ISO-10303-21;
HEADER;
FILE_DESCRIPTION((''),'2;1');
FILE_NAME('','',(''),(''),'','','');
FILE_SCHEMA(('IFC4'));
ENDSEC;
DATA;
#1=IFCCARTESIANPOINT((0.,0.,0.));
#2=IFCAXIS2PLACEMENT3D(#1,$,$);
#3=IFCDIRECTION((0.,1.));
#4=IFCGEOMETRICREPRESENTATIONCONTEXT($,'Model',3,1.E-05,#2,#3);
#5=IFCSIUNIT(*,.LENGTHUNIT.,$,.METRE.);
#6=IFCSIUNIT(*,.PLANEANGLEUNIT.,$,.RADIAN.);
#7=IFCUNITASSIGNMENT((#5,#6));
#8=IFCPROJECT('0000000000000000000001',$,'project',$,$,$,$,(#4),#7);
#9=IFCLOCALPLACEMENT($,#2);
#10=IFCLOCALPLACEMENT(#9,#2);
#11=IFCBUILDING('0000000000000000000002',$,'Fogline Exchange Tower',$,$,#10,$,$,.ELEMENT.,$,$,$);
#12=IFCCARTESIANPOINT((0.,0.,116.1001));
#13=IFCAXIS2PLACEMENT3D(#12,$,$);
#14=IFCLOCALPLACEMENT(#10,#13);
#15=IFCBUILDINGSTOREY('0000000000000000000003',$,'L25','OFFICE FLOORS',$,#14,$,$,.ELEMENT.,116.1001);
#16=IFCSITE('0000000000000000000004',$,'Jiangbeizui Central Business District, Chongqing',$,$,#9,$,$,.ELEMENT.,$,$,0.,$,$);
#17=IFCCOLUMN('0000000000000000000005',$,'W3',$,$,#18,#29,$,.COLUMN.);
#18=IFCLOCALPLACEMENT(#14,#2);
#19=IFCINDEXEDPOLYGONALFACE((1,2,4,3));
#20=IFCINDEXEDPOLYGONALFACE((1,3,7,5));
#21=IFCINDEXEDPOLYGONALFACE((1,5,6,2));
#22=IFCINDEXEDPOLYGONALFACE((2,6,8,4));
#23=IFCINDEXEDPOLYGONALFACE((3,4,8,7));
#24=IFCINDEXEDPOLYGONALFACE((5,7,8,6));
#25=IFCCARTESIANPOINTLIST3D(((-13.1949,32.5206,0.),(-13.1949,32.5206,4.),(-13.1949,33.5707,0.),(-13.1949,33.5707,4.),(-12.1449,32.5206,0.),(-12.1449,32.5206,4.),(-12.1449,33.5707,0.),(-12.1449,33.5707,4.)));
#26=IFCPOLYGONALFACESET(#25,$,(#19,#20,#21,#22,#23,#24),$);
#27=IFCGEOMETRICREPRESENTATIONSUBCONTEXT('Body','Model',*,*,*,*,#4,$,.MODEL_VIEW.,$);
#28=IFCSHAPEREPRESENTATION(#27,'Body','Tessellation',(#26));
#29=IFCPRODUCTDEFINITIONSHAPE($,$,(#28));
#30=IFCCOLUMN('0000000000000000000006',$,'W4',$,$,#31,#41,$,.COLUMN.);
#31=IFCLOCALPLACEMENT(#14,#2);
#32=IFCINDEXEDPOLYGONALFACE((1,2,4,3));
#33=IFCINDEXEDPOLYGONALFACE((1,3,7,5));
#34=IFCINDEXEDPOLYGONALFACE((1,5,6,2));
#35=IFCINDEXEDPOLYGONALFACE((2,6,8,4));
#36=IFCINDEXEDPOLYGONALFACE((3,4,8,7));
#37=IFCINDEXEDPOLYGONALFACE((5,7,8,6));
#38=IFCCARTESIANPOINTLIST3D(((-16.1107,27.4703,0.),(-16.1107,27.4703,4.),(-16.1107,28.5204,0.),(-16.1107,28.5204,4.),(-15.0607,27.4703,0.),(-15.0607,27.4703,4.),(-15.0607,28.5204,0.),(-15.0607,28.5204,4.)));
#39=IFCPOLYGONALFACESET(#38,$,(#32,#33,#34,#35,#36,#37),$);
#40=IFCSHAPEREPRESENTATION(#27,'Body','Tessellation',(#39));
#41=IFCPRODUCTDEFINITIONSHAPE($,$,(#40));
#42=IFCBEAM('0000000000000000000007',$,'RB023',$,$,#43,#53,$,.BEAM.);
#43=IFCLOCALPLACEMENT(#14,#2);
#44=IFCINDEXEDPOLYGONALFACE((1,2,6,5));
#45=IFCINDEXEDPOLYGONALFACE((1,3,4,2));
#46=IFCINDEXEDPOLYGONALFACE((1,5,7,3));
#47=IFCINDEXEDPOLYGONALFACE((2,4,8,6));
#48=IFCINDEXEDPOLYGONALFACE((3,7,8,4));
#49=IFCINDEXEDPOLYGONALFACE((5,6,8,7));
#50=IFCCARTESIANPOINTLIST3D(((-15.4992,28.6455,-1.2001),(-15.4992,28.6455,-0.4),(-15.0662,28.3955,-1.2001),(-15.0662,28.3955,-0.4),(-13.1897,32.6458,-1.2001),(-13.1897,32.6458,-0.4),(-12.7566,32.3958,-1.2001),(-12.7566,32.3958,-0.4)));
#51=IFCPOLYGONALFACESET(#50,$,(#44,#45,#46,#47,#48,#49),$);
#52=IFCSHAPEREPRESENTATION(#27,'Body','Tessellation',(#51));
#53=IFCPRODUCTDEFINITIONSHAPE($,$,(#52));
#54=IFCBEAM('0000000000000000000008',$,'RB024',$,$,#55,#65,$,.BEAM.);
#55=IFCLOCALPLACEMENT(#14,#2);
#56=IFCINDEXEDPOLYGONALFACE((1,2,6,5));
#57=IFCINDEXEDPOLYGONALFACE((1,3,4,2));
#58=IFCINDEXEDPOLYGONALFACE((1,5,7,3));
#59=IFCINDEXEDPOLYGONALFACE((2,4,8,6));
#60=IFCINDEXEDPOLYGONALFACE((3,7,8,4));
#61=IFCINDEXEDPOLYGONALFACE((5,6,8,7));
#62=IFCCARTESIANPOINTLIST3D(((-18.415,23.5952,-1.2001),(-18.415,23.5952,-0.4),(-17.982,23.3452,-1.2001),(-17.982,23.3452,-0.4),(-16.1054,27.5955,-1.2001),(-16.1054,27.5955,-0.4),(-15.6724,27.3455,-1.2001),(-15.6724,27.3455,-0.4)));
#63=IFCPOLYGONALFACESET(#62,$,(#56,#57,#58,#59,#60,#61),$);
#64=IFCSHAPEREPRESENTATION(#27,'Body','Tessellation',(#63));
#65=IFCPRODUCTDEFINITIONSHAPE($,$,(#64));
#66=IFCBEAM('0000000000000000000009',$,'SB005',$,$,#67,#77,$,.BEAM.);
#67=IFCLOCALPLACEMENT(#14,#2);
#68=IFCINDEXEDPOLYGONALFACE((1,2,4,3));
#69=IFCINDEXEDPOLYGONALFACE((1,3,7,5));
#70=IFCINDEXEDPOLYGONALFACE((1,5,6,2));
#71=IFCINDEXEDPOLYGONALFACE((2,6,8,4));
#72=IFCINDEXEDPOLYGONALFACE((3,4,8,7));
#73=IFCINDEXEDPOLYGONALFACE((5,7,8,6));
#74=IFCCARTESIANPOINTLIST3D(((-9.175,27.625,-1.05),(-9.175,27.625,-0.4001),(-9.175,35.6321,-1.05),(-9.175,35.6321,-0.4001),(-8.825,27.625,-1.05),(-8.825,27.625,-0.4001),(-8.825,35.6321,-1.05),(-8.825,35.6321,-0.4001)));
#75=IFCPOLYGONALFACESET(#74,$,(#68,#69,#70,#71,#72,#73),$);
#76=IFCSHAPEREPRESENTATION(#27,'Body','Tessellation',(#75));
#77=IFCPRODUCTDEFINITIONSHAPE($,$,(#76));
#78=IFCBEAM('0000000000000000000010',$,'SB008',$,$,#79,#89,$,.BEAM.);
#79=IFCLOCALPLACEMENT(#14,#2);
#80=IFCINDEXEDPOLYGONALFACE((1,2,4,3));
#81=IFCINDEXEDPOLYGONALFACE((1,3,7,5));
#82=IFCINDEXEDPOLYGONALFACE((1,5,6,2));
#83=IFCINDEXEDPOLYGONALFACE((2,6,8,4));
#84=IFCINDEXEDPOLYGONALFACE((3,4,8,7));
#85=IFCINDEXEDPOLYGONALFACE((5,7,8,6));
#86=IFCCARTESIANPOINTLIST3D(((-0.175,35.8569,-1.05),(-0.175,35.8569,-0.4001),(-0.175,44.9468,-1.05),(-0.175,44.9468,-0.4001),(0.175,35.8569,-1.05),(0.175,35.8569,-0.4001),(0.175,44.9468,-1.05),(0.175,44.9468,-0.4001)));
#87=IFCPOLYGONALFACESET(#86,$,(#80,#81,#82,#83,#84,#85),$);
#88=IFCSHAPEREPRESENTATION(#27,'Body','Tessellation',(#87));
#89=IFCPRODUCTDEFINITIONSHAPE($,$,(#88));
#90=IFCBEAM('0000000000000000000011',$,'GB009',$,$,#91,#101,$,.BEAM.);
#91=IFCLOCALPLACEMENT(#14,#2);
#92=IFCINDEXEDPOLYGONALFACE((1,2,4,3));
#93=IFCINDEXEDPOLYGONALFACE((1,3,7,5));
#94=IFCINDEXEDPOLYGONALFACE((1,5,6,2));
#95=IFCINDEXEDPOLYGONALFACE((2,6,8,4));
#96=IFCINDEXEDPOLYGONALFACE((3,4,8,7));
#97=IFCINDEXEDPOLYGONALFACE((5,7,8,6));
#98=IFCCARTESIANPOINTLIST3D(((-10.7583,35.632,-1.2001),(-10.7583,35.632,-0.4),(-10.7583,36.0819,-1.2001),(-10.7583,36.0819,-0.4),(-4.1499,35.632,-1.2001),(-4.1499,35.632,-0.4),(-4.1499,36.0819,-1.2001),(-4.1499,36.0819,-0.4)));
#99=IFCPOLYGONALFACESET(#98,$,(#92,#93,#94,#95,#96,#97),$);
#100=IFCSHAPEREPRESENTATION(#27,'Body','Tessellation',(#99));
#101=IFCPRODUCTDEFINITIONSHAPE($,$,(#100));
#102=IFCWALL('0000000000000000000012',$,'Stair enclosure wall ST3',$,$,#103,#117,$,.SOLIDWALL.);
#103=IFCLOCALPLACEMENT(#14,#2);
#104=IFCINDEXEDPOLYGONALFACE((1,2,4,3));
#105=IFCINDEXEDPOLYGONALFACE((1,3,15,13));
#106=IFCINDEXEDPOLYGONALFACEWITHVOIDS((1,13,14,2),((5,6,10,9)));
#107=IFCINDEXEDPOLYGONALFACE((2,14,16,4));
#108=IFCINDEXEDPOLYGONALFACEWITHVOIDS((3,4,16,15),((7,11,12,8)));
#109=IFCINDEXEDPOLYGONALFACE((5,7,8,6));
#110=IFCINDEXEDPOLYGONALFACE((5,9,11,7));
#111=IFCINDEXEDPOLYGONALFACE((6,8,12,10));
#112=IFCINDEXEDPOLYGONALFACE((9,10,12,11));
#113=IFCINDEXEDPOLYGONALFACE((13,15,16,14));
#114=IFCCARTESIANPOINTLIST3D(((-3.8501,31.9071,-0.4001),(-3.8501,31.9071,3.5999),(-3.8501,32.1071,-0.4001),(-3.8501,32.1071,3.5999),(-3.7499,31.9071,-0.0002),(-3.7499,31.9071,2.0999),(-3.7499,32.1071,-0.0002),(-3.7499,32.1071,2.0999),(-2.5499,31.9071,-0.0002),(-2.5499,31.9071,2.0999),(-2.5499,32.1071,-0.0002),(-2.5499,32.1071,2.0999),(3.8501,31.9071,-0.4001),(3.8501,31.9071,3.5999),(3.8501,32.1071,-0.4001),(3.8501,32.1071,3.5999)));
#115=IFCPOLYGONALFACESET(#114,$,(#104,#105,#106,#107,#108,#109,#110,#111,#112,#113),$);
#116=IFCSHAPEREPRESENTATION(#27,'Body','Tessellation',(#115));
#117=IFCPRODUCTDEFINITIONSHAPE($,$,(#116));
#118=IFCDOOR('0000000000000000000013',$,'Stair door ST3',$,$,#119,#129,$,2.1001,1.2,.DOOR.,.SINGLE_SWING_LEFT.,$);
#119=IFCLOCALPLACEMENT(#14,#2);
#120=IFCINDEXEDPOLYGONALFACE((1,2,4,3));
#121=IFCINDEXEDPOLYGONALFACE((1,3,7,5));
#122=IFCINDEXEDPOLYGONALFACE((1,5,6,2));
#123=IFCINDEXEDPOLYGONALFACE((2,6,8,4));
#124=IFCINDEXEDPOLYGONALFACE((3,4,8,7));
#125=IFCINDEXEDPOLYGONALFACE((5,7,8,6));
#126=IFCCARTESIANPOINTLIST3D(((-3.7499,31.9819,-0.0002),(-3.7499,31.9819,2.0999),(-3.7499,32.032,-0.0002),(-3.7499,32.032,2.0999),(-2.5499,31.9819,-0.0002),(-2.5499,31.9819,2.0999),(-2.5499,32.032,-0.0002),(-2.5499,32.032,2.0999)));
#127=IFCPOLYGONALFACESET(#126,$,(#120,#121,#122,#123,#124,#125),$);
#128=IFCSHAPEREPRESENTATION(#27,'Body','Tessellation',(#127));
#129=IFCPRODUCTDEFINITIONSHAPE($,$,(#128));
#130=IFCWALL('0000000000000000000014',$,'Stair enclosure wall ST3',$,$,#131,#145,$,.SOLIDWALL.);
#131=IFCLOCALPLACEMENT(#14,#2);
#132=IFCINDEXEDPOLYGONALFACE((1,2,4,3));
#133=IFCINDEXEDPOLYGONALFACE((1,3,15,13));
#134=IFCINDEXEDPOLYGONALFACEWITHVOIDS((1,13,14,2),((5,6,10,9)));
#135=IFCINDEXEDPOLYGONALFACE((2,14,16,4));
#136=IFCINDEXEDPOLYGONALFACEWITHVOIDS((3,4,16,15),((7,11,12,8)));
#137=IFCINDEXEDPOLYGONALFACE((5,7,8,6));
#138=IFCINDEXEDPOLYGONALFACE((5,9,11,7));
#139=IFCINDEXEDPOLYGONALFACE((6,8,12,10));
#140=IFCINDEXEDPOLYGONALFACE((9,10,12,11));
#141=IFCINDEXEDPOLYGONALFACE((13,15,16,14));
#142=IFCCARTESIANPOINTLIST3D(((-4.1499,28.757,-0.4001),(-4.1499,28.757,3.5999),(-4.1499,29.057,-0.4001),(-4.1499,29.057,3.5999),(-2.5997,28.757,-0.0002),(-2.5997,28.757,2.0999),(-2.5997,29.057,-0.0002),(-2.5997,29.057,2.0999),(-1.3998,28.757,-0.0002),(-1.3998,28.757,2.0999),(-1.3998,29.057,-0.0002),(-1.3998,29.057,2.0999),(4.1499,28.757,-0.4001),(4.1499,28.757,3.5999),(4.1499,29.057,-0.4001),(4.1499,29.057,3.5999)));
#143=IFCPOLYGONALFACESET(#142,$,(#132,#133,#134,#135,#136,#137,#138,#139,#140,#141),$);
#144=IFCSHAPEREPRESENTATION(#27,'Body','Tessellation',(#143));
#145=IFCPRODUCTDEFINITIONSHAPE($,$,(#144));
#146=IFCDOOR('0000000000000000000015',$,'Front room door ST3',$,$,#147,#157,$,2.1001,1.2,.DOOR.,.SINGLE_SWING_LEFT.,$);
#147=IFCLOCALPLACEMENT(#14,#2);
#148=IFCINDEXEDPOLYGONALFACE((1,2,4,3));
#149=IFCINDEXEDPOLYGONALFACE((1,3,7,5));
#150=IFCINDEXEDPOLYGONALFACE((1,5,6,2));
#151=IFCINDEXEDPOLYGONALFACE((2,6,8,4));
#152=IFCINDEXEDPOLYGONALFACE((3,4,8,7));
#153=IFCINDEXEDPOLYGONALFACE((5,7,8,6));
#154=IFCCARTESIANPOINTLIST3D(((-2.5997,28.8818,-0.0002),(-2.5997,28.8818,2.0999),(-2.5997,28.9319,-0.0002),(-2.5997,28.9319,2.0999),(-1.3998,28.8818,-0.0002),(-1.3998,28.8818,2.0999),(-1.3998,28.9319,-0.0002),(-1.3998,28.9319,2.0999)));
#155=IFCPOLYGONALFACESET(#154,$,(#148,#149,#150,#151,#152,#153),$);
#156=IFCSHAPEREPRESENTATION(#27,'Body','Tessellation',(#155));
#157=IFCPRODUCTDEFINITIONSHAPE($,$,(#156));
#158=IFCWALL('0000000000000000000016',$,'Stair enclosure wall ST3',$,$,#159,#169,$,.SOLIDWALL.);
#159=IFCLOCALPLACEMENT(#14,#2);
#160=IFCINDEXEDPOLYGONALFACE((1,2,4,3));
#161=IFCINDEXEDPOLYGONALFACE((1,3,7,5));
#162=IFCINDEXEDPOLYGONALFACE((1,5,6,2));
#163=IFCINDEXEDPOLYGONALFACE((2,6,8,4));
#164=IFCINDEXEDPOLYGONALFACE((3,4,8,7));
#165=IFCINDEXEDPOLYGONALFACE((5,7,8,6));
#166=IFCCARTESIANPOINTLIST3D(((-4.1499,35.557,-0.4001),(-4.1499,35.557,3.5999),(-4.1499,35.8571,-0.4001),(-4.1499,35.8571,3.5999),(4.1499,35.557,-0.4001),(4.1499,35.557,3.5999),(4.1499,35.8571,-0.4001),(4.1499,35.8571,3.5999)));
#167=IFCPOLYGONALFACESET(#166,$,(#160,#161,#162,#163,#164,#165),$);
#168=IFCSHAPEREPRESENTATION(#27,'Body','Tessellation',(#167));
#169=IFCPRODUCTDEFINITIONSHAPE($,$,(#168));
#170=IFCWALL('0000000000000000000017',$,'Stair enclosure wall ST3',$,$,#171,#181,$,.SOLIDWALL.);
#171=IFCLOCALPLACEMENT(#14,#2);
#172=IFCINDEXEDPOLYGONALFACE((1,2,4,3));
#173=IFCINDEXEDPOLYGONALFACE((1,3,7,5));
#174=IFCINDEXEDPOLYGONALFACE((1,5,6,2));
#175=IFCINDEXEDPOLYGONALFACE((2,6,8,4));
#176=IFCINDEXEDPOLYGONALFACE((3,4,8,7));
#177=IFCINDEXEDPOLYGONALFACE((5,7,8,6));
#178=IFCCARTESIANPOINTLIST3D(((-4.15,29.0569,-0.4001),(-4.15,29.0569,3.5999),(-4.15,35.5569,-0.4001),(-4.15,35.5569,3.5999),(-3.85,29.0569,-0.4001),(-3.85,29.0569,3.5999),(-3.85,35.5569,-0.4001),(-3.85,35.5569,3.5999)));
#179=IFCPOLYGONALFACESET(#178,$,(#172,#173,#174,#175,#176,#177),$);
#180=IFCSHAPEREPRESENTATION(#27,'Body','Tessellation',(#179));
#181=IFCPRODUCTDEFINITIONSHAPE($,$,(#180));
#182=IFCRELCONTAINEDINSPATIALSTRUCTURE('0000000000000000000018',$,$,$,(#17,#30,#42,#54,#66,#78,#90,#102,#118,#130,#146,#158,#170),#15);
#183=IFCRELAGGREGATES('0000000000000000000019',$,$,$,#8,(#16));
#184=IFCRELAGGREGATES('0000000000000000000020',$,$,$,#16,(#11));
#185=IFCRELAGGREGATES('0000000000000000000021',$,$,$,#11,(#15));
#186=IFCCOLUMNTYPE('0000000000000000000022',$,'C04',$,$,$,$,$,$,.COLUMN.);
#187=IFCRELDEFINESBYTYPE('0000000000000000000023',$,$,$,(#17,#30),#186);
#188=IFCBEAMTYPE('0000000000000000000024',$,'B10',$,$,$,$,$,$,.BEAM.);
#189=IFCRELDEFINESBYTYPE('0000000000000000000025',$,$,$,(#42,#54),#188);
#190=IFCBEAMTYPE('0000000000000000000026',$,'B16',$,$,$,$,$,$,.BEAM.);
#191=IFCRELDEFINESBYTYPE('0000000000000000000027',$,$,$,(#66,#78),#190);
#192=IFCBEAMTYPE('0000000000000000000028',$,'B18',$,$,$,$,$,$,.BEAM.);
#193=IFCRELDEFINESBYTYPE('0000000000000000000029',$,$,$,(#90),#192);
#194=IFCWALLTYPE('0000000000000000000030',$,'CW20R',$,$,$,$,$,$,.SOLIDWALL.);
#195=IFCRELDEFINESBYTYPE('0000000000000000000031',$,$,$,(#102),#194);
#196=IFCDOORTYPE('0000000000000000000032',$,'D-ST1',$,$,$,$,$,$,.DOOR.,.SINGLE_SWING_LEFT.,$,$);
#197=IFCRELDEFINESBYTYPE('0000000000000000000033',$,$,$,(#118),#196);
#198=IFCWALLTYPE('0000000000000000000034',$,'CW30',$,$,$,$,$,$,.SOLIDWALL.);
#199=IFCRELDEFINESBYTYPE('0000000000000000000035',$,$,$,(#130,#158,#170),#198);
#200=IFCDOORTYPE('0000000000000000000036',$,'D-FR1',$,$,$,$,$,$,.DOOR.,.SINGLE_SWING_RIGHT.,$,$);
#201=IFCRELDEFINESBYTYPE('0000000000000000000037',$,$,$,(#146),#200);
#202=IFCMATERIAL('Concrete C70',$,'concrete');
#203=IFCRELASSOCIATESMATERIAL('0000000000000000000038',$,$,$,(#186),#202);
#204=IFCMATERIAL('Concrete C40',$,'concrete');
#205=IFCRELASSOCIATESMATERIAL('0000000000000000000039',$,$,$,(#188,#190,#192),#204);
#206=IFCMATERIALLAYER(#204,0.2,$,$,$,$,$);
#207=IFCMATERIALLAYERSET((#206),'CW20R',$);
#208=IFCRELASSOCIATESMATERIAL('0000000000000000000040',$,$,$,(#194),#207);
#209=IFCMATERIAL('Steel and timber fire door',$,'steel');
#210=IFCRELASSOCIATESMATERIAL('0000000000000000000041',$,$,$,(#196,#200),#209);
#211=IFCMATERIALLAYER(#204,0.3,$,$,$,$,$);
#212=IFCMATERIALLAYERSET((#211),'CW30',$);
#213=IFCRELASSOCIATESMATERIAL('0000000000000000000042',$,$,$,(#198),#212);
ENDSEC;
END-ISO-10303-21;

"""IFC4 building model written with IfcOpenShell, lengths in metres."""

from ifc_helpers import new_model, si_unit, direction, frame, frame_2d, origin, origin_2d, place, context, subcontext, project, spatial, rectangle, extrude, material, layer, layer_set, material_profile, profile_set, type_object, element, fill, save


model = new_model("IFC4")

# Units and contexts
model_context = context("Model", 3, precision=1e-05, world=origin(), true_north=direction((0.0, 1.0)))
body_context = subcontext(model_context, "Body", "Model", "MODEL_VIEW")
ifc_project = project(units=[si_unit("LENGTHUNIT", "METRE"), si_unit("PLANEANGLEUNIT", "RADIAN")], contexts=[model_context])

# Site, building, storey
site_placement = place(None, origin())
site = spatial("IfcSite", under=ifc_project, at=site_placement, Name="Jiangbeizui Central Business District, Chongqing", CompositionType="ELEMENT", RefElevation=0.0)
building_placement = place(site_placement, origin())
building = spatial("IfcBuilding", under=site, at=building_placement, Name="Fogline Exchange Tower", CompositionType="ELEMENT")
storey_placement = place(building_placement, frame((0.0, 0.0, 116.1001)))
storey = spatial("IfcBuildingStorey", under=building, at=storey_placement, Name="L25", Description="OFFICE FLOORS", CompositionType="ELEMENT", Elevation=116.1001)

# Columns
ifc_material_1 = material(Name="Concrete C70", Category="concrete")
ifc_material_profile_1 = material_profile(ifc_material_1, rectangle(XDim=1.05, YDim=1.05, at=origin_2d()), Name="RC 1050x1050")
ifc_profile_set_1 = profile_set([ifc_material_profile_1], Name="Concrete C70")
column_type = type_object("IfcColumnType", Name="C04", PredefinedType="COLUMN", material=ifc_profile_set_1)
for number, where, z_axis, x_axis, name in (
    (1, (-12.6699, 33.0457, 0.0), (0.0, 0.0, 1.0), (1.0, 0.0, 0.0), "W3"),
    (2, (-15.5857, 27.9954, 0.0), (0.0, 0.0, 1.0), (1.0, 0.0, 0.0), "W4"),
):
    element("IfcColumn", number, at=place(storey_placement, frame(where, z_axis=z_axis, x_axis=x_axis)), inside=storey, type_object=column_type, Name=name, PredefinedType="COLUMN", context=body_context, shape_type="SweptSolid", body=[
        extrude(rectangle(XDim=1.05, YDim=1.05, at=origin_2d()), origin(), (0.0, 0.0, 1.0), 4.0),
    ])

# Beams
ifc_material_2 = material(Name="Concrete C40", Category="concrete")
ifc_material_profile_2 = material_profile(ifc_material_2, rectangle(XDim=0.5, YDim=0.8, at=origin_2d()), Name="RC 500x800")
ifc_profile_set_2 = profile_set([ifc_material_profile_2], Name="Concrete C40")
beam_type_1 = type_object("IfcBeamType", Name="B10", PredefinedType="BEAM", material=ifc_profile_set_2)
for number, where, z_axis, x_axis, name in (
    (3, (-12.9731, 32.5208, -0.8), (-0.500005, -0.866023, 0.0), (0.866023, -0.500005, 0.0), "RB023"),
    (4, (-15.8889, 27.4705, -0.8), (-0.500005, -0.866023, 0.0), (0.866023, -0.500005, 0.0), "RB024"),
):
    element("IfcBeam", number, at=place(storey_placement, frame(where, z_axis=z_axis, x_axis=x_axis)), inside=storey, type_object=beam_type_1, Name=name, PredefinedType="BEAM", context=body_context, shape_type="SweptSolid", body=[
        extrude(rectangle(XDim=0.5, YDim=0.8, at=origin_2d()), origin(), (0.0, 0.0, 1.0), 4.6191),
    ])
ifc_material_profile_3 = material_profile(ifc_material_2, rectangle(XDim=0.3501, YDim=0.6499, at=origin_2d()), Name="RC 350x650")
ifc_profile_set_3 = profile_set([ifc_material_profile_3], Name="Concrete C40")
beam_type_2 = type_object("IfcBeamType", Name="B16", PredefinedType="BEAM", material=ifc_profile_set_3)
beam_1_placement = place(storey_placement, frame((-9.0, 27.625, -0.7251), z_axis=(0.0, 1.0, 0.0), x_axis=(-1.0, 0.0, 0.0)))
element("IfcBeam", 5, at=beam_1_placement, inside=storey, type_object=beam_type_2, Name="SB005", PredefinedType="BEAM", context=body_context, shape_type="SweptSolid", body=[
    extrude(rectangle(XDim=0.3501, YDim=0.6499, at=origin_2d()), origin(), (0.0, 0.0, 1.0), 8.0071),
])
beam_2_placement = place(storey_placement, frame((0.0, 35.8569, -0.7251), z_axis=(0.0, 1.0, 0.0), x_axis=(-1.0, 0.0, 0.0)))
element("IfcBeam", 6, at=beam_2_placement, inside=storey, type_object=beam_type_2, Name="SB008", PredefinedType="BEAM", context=body_context, shape_type="SweptSolid", body=[
    extrude(rectangle(XDim=0.3501, YDim=0.6499, at=origin_2d()), origin(), (0.0, 0.0, 1.0), 9.0898),
])
ifc_material_profile_4 = material_profile(ifc_material_2, rectangle(XDim=0.45, YDim=0.8, at=origin_2d()), Name="RC 450x800")
ifc_profile_set_4 = profile_set([ifc_material_profile_4], Name="Concrete C40")
beam_type_3 = type_object("IfcBeamType", Name="B18", PredefinedType="BEAM", material=ifc_profile_set_4)
beam_3_placement = place(storey_placement, frame((-10.7583, 35.8569, -0.8), z_axis=(1.0, 0.0, 0.0), x_axis=(0.0, 1.0, 0.0)))
element("IfcBeam", 7, at=beam_3_placement, inside=storey, type_object=beam_type_3, Name="GB009", PredefinedType="BEAM", context=body_context, shape_type="SweptSolid", body=[
    extrude(rectangle(XDim=0.45, YDim=0.8, at=origin_2d()), origin(), (0.0, 0.0, 1.0), 6.6084),
])

# Walls, openings, doors
ifc_layer_1 = layer(ifc_material_2, 0.2)
ifc_layer_set_1 = layer_set([ifc_layer_1], Name="CW20R")
wall_type_1 = type_object("IfcWallType", Name="CW20R", PredefinedType="SOLIDWALL", material=ifc_layer_set_1)
wall_1_placement = place(storey_placement, frame((-3.8501, 32.0071, -0.4001), z_axis=(0.0, 0.0, 1.0), x_axis=(1.0, 0.0, 0.0)))
wall_1 = element("IfcWall", 8, at=wall_1_placement, inside=storey, type_object=wall_type_1, Name="Stair enclosure wall ST3", PredefinedType="SOLIDWALL", context=body_context, shape_type="SweptSolid", body=[
    extrude(rectangle(XDim=7.7002, YDim=0.2, at=frame_2d((3.8501, 0.0))), origin(), (0.0, 0.0, 1.0), 4.0),
])
opening_1_placement = place(wall_1_placement, frame((0.1001, 0.0, 0.3999)))
opening_1 = element("IfcOpeningElement", 9, at=opening_1_placement, cuts=wall_1, PredefinedType="OPENING", context=body_context, shape_type="SweptSolid", body=[
    extrude(rectangle(XDim=1.2, YDim=2.1001, at=frame_2d((0.6001, 1.05))), frame((0.0, 0.1099, 0.0), z_axis=(0.0, -1.0, 0.0), x_axis=(1.0, 0.0, 0.0)), (0.0, 0.0, 1.0), 0.22),
])
ifc_material_3 = material(Name="Steel and timber fire door", Category="steel")
door_type_1 = type_object("IfcDoorType", Name="D-ST1", OperationType="SINGLE_SWING_LEFT", PredefinedType="DOOR", material=ifc_material_3)
door_1_placement = place(opening_1_placement, origin())
door_1 = element("IfcDoor", 10, at=door_1_placement, inside=storey, type_object=door_type_1, Name="Stair door ST3", OperationType="SINGLE_SWING_LEFT", OverallHeight=2.1001, OverallWidth=1.2, PredefinedType="DOOR", context=body_context, shape_type="SweptSolid", body=[
    extrude(rectangle(XDim=1.2, YDim=2.1001, at=frame_2d((0.6001, 1.05))), frame((0.0, 0.0249, 0.0), z_axis=(0.0, -1.0, 0.0), x_axis=(1.0, 0.0, 0.0)), (0.0, 0.0, 1.0), 0.05),
])
fill(opening_1, door_1)
ifc_layer_2 = layer(ifc_material_2, 0.3)
ifc_layer_set_2 = layer_set([ifc_layer_2], Name="CW30")
wall_type_2 = type_object("IfcWallType", Name="CW30", PredefinedType="SOLIDWALL", material=ifc_layer_set_2)
wall_2_placement = place(storey_placement, frame((-4.1499, 28.907, -0.4001), z_axis=(0.0, 0.0, 1.0), x_axis=(1.0, 0.0, 0.0)))
wall_2 = element("IfcWall", 11, at=wall_2_placement, inside=storey, type_object=wall_type_2, Name="Stair enclosure wall ST3", PredefinedType="SOLIDWALL", context=body_context, shape_type="SweptSolid", body=[
    extrude(rectangle(XDim=8.2998, YDim=0.3, at=frame_2d((4.1499, 0.0))), origin(), (0.0, 0.0, 1.0), 4.0),
])
opening_2_placement = place(wall_2_placement, frame((1.55, 0.0, 0.3999)))
opening_2 = element("IfcOpeningElement", 12, at=opening_2_placement, cuts=wall_2, PredefinedType="OPENING", context=body_context, shape_type="SweptSolid", body=[
    extrude(rectangle(XDim=1.2, YDim=2.1001, at=frame_2d((0.6001, 1.05))), frame((0.0, 0.1602, 0.0), z_axis=(0.0, -1.0, 0.0), x_axis=(1.0, 0.0, 0.0)), (0.0, 0.0, 1.0), 0.3201),
])
door_type_2 = type_object("IfcDoorType", Name="D-FR1", OperationType="SINGLE_SWING_RIGHT", PredefinedType="DOOR", material=ifc_material_3)
door_2_placement = place(opening_2_placement, origin())
door_2 = element("IfcDoor", 13, at=door_2_placement, inside=storey, type_object=door_type_2, Name="Front room door ST3", OperationType="SINGLE_SWING_LEFT", OverallHeight=2.1001, OverallWidth=1.2, PredefinedType="DOOR", context=body_context, shape_type="SweptSolid", body=[
    extrude(rectangle(XDim=1.2, YDim=2.1001, at=frame_2d((0.6001, 1.05))), frame((0.0, 0.0249, 0.0), z_axis=(0.0, -1.0, 0.0), x_axis=(1.0, 0.0, 0.0)), (0.0, 0.0, 1.0), 0.05),
])
fill(opening_2, door_2)

# Walls
wall_3_placement = place(storey_placement, frame((-4.1499, 35.707, -0.4001), z_axis=(0.0, 0.0, 1.0), x_axis=(1.0, 0.0, 0.0)))
element("IfcWall", 14, at=wall_3_placement, inside=storey, type_object=wall_type_2, Name="Stair enclosure wall ST3", PredefinedType="SOLIDWALL", context=body_context, shape_type="SweptSolid", body=[
    extrude(rectangle(XDim=8.2998, YDim=0.3, at=frame_2d((4.1499, 0.0))), origin(), (0.0, 0.0, 1.0), 4.0),
])
wall_4_placement = place(storey_placement, frame((-4.0, 29.0569, -0.4001), z_axis=(0.0, 0.0, 1.0), x_axis=(0.0, 1.0, 0.0)))
element("IfcWall", 15, at=wall_4_placement, inside=storey, type_object=wall_type_2, Name="Stair enclosure wall ST3", PredefinedType="SOLIDWALL", context=body_context, shape_type="SweptSolid", body=[
    extrude(rectangle(XDim=6.5, YDim=0.3, at=frame_2d((3.25, 0.0))), origin(), (0.0, 0.0, 1.0), 4.0),
])

save(model, "model.ifc")
